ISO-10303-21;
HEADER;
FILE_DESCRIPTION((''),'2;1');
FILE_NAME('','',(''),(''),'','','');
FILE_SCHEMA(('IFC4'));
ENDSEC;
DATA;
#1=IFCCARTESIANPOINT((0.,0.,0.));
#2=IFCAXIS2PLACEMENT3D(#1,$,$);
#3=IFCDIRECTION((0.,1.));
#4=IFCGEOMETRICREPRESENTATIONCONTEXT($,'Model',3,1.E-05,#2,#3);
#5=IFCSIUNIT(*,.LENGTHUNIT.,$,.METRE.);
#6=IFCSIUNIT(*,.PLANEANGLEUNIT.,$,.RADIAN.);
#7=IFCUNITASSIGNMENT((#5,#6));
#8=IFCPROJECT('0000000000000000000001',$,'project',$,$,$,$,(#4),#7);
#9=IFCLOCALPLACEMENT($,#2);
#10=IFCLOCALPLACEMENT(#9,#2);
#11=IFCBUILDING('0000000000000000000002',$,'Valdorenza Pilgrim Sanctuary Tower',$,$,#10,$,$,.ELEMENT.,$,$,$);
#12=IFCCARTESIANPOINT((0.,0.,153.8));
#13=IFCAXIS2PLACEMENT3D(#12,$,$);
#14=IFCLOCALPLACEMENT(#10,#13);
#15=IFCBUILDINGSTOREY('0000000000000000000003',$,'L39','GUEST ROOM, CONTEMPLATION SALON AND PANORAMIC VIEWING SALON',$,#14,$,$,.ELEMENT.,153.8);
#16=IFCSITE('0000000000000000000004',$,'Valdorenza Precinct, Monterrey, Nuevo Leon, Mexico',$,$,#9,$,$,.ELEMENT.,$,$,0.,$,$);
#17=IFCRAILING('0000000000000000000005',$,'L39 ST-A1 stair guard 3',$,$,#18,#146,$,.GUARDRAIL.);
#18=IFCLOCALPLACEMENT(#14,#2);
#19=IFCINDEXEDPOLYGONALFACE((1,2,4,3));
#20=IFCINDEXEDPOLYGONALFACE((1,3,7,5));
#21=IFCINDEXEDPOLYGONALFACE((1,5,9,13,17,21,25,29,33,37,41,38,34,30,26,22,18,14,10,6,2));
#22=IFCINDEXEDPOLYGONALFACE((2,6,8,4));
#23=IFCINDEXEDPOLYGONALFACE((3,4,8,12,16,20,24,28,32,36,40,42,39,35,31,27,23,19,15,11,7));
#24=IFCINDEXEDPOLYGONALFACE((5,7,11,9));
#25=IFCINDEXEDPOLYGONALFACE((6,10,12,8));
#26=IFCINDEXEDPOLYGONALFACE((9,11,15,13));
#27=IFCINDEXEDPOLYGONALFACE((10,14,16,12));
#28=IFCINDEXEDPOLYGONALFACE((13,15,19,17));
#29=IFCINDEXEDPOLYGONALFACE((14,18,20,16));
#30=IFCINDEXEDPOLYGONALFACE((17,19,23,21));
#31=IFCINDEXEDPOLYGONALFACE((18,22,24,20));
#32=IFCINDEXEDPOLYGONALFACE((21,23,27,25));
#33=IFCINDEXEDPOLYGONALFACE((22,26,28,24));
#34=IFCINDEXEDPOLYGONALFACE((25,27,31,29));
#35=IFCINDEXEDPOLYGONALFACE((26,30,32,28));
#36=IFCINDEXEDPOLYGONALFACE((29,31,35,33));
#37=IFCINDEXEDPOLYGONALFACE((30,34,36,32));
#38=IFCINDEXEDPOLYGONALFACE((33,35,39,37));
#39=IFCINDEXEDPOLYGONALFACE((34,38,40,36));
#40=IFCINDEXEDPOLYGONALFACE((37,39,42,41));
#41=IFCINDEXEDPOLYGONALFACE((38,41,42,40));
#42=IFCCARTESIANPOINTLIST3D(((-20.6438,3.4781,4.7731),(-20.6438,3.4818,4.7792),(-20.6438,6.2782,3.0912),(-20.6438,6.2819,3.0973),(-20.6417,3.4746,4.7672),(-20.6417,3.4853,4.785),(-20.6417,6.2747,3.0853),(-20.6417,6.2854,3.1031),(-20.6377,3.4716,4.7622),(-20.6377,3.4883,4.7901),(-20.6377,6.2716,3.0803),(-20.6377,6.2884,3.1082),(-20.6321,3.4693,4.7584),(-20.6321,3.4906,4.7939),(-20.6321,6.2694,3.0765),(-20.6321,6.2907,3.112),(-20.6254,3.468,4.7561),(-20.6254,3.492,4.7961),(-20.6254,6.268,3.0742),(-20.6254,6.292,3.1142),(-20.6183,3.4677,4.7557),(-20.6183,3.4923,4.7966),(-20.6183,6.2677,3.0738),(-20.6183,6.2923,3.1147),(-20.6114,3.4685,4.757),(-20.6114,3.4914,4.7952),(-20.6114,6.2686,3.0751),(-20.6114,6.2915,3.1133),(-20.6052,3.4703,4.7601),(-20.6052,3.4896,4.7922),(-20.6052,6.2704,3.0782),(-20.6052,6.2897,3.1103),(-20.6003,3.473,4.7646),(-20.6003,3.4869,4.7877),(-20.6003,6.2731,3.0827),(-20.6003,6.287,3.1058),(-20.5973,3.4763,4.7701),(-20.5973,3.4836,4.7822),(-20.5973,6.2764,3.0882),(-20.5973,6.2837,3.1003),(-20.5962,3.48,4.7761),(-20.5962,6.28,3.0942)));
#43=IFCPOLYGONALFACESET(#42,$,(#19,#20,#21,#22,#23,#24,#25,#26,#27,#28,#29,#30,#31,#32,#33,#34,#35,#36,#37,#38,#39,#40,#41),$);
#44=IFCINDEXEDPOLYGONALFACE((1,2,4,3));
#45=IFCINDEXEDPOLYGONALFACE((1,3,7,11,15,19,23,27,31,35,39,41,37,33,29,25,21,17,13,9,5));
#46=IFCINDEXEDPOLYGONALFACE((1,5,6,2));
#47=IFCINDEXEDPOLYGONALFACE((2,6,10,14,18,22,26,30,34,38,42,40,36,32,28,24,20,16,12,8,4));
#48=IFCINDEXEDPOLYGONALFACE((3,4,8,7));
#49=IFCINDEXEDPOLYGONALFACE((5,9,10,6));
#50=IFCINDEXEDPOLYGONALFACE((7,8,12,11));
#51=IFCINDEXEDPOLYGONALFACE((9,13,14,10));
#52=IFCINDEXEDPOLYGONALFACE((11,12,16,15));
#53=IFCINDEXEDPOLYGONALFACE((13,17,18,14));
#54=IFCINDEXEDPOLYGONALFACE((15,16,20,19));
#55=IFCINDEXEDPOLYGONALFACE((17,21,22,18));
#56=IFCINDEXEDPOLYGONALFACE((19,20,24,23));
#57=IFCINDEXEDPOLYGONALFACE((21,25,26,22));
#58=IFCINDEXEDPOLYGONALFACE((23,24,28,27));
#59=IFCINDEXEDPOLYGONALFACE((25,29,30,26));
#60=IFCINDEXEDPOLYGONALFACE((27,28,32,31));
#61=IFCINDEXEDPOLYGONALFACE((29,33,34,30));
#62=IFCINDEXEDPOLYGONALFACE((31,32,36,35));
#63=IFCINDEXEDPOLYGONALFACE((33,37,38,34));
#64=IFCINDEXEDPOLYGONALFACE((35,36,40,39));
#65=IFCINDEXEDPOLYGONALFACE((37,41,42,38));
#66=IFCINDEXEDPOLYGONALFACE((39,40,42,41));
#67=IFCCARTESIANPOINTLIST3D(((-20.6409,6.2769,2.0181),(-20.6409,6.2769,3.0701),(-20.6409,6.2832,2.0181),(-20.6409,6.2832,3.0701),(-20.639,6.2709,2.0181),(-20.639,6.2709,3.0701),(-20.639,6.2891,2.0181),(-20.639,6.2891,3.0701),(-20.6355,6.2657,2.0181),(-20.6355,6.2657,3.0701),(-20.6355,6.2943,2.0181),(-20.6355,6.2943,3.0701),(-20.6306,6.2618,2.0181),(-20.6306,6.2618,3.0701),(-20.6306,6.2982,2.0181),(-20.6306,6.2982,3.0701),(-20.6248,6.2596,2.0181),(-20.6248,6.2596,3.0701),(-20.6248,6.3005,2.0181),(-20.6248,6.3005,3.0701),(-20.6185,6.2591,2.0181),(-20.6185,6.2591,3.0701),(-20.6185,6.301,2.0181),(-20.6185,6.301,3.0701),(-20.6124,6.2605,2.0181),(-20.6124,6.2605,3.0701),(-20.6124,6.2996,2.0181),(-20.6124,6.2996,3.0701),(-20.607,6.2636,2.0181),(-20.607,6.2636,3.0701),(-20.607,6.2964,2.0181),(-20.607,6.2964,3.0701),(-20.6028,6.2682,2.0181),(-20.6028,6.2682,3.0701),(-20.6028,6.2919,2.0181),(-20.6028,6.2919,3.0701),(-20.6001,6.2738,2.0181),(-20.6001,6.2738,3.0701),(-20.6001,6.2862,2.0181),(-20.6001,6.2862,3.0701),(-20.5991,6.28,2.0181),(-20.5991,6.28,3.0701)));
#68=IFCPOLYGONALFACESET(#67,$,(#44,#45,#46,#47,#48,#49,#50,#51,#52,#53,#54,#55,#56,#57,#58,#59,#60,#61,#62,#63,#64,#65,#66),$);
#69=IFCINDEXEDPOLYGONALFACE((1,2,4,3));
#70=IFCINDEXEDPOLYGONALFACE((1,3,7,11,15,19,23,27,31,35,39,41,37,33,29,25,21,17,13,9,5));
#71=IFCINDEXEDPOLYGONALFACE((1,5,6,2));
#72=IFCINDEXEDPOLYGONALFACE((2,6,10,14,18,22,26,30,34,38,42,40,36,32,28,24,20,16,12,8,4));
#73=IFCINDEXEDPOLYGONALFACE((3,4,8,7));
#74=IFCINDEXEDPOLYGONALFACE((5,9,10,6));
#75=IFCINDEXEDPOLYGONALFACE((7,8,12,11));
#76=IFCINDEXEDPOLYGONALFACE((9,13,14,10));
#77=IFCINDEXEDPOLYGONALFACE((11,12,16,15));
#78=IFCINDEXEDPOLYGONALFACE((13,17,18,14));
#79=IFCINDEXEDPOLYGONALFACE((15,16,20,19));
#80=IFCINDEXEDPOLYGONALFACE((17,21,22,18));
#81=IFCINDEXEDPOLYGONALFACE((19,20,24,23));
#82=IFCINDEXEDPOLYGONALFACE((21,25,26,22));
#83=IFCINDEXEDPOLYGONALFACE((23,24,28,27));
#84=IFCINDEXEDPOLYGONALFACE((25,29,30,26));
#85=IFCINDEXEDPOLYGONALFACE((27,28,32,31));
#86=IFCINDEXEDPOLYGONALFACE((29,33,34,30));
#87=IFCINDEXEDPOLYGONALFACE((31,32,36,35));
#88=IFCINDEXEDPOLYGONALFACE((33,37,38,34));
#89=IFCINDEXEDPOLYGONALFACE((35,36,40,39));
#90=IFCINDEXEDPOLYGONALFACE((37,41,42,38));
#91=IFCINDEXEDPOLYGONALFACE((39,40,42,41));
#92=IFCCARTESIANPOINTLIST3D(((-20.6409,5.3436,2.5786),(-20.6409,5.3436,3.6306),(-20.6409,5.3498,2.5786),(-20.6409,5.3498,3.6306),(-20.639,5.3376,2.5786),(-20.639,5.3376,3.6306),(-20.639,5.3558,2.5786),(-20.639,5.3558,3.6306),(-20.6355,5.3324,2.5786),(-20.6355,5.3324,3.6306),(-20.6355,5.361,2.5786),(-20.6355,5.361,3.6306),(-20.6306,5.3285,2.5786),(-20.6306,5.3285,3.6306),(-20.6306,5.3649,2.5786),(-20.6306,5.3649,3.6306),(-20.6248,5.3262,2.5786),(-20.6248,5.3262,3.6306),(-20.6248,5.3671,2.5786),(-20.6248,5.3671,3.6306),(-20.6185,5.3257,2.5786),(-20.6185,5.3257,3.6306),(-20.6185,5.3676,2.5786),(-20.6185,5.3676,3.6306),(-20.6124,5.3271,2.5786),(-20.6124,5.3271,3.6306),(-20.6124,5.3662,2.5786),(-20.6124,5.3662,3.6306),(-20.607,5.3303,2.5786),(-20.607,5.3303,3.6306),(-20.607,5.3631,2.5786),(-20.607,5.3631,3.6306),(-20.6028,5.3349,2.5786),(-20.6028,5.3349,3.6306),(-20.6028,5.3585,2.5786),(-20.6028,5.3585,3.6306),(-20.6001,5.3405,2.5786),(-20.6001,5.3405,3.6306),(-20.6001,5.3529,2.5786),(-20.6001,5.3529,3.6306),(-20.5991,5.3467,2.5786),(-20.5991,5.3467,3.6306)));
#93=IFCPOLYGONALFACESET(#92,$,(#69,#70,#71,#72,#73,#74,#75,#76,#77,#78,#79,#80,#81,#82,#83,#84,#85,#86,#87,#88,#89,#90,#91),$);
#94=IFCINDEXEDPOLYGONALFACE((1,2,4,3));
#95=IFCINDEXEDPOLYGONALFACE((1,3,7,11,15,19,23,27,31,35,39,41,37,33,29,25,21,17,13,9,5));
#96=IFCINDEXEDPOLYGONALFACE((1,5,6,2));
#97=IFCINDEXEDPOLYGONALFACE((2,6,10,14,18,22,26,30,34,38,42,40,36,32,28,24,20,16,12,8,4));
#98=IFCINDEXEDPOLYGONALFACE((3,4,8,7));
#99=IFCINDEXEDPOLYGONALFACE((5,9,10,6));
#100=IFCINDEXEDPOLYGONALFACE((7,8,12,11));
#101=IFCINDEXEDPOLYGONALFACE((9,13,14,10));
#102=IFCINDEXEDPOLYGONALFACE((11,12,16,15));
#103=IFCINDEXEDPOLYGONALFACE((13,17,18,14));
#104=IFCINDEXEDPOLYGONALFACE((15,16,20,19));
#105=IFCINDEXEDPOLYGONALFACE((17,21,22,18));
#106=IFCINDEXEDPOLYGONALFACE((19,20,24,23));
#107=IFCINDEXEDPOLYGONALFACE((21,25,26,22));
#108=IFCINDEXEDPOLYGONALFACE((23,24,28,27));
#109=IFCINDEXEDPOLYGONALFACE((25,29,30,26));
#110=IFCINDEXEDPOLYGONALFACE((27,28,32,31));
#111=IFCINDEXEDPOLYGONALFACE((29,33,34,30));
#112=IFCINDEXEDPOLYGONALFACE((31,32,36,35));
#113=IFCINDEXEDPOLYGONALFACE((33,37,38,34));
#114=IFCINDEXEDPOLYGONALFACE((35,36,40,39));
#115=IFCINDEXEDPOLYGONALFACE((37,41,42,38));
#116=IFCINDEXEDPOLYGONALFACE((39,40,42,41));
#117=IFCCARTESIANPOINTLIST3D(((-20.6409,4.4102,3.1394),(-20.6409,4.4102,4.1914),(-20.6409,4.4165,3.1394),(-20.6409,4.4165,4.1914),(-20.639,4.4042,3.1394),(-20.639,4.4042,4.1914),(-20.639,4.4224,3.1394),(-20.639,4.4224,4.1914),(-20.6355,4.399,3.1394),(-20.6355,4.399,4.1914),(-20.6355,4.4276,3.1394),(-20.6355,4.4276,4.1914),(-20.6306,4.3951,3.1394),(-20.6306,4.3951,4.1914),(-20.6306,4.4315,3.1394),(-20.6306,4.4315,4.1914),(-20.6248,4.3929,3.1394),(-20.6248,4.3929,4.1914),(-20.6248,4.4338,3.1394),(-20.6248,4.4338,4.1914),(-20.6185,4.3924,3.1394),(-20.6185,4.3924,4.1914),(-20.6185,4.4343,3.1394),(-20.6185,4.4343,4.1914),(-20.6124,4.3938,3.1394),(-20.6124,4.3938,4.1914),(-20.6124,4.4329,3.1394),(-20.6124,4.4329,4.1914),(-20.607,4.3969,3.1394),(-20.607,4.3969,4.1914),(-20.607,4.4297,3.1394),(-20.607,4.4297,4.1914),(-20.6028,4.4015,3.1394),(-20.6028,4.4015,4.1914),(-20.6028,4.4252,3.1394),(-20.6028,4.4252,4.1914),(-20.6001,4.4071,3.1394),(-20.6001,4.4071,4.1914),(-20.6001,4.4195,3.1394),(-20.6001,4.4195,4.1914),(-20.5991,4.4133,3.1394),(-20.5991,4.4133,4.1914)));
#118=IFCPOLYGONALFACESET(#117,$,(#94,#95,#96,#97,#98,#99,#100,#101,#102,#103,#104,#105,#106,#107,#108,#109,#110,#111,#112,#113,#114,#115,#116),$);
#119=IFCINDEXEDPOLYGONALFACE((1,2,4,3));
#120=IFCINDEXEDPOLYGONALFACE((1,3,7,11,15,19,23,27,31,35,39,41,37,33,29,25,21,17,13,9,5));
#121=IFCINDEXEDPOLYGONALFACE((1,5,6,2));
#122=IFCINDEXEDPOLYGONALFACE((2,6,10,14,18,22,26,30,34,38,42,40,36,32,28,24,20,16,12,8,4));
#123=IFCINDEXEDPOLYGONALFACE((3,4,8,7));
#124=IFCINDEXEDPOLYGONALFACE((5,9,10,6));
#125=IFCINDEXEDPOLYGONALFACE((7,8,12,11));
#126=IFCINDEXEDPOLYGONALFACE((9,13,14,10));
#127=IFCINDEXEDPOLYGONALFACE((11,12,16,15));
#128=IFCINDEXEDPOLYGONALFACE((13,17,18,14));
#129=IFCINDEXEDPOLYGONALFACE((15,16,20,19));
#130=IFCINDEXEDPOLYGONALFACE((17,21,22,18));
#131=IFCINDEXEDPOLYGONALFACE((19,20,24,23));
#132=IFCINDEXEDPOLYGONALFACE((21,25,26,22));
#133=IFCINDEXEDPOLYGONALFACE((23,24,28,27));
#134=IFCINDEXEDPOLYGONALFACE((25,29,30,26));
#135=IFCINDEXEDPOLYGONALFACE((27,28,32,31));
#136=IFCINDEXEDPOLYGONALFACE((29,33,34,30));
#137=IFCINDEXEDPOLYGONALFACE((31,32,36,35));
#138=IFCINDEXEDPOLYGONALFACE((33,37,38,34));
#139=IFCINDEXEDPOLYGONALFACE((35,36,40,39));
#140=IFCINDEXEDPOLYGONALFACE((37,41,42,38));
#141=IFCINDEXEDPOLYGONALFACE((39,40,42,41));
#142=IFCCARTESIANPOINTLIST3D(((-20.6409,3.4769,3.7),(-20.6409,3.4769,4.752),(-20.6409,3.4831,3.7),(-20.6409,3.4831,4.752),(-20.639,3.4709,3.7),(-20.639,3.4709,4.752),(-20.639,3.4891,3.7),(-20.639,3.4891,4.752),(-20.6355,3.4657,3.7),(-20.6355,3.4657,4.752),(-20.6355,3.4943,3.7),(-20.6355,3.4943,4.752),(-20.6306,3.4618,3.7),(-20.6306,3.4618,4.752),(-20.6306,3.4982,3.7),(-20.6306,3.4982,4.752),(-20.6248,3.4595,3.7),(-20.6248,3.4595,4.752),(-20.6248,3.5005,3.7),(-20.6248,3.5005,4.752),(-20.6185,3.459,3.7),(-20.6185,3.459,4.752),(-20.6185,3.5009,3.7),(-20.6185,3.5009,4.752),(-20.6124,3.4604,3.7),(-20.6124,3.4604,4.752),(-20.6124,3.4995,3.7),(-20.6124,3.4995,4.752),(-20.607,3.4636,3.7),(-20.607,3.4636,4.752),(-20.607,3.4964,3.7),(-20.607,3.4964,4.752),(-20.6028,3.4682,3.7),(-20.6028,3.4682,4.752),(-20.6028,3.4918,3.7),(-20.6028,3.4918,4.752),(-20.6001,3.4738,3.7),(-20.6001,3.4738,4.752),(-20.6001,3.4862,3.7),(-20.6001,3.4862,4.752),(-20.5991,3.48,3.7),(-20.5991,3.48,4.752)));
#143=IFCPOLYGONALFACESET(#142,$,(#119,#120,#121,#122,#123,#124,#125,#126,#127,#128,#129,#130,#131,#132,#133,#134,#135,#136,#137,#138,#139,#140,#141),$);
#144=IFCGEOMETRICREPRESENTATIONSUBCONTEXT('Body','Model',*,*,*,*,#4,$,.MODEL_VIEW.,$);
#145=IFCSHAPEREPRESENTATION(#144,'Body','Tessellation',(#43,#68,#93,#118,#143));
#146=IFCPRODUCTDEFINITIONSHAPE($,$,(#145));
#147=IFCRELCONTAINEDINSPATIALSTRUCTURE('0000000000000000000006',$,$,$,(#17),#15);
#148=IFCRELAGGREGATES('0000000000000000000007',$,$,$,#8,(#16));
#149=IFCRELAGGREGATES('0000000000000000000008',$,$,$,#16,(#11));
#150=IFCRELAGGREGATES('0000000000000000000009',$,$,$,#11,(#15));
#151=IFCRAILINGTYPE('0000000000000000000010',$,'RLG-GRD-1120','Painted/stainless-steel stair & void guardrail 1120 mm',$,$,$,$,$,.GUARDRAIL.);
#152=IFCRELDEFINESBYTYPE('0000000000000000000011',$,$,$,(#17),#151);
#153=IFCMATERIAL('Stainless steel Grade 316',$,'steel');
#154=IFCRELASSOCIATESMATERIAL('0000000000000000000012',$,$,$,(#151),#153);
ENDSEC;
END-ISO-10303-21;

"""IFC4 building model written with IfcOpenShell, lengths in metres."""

from ifc_helpers import new_model, si_unit, direction, frame, origin, origin_2d, place, context, subcontext, project, spatial, circle, extrude, material, type_object, element, save


model = new_model("IFC4")

# Units and contexts
model_context = context("Model", 3, precision=1e-05, world=origin(), true_north=direction((0.0, 1.0)))
body_context = subcontext(model_context, "Body", "Model", "MODEL_VIEW")
ifc_project = project(units=[si_unit("LENGTHUNIT", "METRE"), si_unit("PLANEANGLEUNIT", "RADIAN")], contexts=[model_context])

# Site, building, storey
site_placement = place(None, origin())
site = spatial("IfcSite", under=ifc_project, at=site_placement, Name="Valdorenza Precinct, Monterrey, Nuevo Leon, Mexico", CompositionType="ELEMENT", RefElevation=0.0)
building_placement = place(site_placement, origin())
building = spatial("IfcBuilding", under=site, at=building_placement, Name="Valdorenza Pilgrim Sanctuary Tower", CompositionType="ELEMENT")
storey_placement = place(building_placement, frame((0.0, 0.0, 153.8)))
storey = spatial("IfcBuildingStorey", under=building, at=storey_placement, Name="L39", Description="GUEST ROOM, CONTEMPLATION SALON AND PANORAMIC VIEWING SALON", CompositionType="ELEMENT", Elevation=153.8)

# Railing
ifc_material_1 = material(Name="Stainless steel Grade 316", Category="steel")
railing_type_1 = type_object("IfcRailingType", Name="RLG-GRD-1120", Description="Painted/stainless-steel stair & void guardrail 1120 mm", PredefinedType="GUARDRAIL", material=ifc_material_1)
railing_1_placement = place(storey_placement, frame((-20.6201, 6.28, 2.0181)))
element("IfcRailing", 1, at=railing_1_placement, inside=storey, type_object=railing_type_1, Name="L39 ST-A1 stair guard 3", PredefinedType="GUARDRAIL", context=body_context, shape_type="SweptSolid", body=[
    extrude(circle(Radius=0.0239, at=origin_2d()), frame((0.0, 0.0, 1.0762), z_axis=(0.0, -0.857242, 0.514913), x_axis=(1.0, 0.0, 0.0)), (0.0, 0.0, 1.0), 3.2664),
    extrude(circle(Radius=0.021, at=origin_2d()), origin(), (0.0, 0.0, 1.0), 1.052),
    extrude(circle(Radius=0.021, at=origin_2d()), frame((0.0, -0.9333, 0.5605)), (0.0, 0.0, 1.0), 1.052),
    extrude(circle(Radius=0.021, at=origin_2d()), frame((0.0, -1.8667, 1.1213)), (0.0, 0.0, 1.0), 1.052),
    extrude(circle(Radius=0.021, at=origin_2d()), frame((0.0, -2.8, 1.6819)), (0.0, 0.0, 1.0), 1.052),
])

save(model, "model.ifc")
